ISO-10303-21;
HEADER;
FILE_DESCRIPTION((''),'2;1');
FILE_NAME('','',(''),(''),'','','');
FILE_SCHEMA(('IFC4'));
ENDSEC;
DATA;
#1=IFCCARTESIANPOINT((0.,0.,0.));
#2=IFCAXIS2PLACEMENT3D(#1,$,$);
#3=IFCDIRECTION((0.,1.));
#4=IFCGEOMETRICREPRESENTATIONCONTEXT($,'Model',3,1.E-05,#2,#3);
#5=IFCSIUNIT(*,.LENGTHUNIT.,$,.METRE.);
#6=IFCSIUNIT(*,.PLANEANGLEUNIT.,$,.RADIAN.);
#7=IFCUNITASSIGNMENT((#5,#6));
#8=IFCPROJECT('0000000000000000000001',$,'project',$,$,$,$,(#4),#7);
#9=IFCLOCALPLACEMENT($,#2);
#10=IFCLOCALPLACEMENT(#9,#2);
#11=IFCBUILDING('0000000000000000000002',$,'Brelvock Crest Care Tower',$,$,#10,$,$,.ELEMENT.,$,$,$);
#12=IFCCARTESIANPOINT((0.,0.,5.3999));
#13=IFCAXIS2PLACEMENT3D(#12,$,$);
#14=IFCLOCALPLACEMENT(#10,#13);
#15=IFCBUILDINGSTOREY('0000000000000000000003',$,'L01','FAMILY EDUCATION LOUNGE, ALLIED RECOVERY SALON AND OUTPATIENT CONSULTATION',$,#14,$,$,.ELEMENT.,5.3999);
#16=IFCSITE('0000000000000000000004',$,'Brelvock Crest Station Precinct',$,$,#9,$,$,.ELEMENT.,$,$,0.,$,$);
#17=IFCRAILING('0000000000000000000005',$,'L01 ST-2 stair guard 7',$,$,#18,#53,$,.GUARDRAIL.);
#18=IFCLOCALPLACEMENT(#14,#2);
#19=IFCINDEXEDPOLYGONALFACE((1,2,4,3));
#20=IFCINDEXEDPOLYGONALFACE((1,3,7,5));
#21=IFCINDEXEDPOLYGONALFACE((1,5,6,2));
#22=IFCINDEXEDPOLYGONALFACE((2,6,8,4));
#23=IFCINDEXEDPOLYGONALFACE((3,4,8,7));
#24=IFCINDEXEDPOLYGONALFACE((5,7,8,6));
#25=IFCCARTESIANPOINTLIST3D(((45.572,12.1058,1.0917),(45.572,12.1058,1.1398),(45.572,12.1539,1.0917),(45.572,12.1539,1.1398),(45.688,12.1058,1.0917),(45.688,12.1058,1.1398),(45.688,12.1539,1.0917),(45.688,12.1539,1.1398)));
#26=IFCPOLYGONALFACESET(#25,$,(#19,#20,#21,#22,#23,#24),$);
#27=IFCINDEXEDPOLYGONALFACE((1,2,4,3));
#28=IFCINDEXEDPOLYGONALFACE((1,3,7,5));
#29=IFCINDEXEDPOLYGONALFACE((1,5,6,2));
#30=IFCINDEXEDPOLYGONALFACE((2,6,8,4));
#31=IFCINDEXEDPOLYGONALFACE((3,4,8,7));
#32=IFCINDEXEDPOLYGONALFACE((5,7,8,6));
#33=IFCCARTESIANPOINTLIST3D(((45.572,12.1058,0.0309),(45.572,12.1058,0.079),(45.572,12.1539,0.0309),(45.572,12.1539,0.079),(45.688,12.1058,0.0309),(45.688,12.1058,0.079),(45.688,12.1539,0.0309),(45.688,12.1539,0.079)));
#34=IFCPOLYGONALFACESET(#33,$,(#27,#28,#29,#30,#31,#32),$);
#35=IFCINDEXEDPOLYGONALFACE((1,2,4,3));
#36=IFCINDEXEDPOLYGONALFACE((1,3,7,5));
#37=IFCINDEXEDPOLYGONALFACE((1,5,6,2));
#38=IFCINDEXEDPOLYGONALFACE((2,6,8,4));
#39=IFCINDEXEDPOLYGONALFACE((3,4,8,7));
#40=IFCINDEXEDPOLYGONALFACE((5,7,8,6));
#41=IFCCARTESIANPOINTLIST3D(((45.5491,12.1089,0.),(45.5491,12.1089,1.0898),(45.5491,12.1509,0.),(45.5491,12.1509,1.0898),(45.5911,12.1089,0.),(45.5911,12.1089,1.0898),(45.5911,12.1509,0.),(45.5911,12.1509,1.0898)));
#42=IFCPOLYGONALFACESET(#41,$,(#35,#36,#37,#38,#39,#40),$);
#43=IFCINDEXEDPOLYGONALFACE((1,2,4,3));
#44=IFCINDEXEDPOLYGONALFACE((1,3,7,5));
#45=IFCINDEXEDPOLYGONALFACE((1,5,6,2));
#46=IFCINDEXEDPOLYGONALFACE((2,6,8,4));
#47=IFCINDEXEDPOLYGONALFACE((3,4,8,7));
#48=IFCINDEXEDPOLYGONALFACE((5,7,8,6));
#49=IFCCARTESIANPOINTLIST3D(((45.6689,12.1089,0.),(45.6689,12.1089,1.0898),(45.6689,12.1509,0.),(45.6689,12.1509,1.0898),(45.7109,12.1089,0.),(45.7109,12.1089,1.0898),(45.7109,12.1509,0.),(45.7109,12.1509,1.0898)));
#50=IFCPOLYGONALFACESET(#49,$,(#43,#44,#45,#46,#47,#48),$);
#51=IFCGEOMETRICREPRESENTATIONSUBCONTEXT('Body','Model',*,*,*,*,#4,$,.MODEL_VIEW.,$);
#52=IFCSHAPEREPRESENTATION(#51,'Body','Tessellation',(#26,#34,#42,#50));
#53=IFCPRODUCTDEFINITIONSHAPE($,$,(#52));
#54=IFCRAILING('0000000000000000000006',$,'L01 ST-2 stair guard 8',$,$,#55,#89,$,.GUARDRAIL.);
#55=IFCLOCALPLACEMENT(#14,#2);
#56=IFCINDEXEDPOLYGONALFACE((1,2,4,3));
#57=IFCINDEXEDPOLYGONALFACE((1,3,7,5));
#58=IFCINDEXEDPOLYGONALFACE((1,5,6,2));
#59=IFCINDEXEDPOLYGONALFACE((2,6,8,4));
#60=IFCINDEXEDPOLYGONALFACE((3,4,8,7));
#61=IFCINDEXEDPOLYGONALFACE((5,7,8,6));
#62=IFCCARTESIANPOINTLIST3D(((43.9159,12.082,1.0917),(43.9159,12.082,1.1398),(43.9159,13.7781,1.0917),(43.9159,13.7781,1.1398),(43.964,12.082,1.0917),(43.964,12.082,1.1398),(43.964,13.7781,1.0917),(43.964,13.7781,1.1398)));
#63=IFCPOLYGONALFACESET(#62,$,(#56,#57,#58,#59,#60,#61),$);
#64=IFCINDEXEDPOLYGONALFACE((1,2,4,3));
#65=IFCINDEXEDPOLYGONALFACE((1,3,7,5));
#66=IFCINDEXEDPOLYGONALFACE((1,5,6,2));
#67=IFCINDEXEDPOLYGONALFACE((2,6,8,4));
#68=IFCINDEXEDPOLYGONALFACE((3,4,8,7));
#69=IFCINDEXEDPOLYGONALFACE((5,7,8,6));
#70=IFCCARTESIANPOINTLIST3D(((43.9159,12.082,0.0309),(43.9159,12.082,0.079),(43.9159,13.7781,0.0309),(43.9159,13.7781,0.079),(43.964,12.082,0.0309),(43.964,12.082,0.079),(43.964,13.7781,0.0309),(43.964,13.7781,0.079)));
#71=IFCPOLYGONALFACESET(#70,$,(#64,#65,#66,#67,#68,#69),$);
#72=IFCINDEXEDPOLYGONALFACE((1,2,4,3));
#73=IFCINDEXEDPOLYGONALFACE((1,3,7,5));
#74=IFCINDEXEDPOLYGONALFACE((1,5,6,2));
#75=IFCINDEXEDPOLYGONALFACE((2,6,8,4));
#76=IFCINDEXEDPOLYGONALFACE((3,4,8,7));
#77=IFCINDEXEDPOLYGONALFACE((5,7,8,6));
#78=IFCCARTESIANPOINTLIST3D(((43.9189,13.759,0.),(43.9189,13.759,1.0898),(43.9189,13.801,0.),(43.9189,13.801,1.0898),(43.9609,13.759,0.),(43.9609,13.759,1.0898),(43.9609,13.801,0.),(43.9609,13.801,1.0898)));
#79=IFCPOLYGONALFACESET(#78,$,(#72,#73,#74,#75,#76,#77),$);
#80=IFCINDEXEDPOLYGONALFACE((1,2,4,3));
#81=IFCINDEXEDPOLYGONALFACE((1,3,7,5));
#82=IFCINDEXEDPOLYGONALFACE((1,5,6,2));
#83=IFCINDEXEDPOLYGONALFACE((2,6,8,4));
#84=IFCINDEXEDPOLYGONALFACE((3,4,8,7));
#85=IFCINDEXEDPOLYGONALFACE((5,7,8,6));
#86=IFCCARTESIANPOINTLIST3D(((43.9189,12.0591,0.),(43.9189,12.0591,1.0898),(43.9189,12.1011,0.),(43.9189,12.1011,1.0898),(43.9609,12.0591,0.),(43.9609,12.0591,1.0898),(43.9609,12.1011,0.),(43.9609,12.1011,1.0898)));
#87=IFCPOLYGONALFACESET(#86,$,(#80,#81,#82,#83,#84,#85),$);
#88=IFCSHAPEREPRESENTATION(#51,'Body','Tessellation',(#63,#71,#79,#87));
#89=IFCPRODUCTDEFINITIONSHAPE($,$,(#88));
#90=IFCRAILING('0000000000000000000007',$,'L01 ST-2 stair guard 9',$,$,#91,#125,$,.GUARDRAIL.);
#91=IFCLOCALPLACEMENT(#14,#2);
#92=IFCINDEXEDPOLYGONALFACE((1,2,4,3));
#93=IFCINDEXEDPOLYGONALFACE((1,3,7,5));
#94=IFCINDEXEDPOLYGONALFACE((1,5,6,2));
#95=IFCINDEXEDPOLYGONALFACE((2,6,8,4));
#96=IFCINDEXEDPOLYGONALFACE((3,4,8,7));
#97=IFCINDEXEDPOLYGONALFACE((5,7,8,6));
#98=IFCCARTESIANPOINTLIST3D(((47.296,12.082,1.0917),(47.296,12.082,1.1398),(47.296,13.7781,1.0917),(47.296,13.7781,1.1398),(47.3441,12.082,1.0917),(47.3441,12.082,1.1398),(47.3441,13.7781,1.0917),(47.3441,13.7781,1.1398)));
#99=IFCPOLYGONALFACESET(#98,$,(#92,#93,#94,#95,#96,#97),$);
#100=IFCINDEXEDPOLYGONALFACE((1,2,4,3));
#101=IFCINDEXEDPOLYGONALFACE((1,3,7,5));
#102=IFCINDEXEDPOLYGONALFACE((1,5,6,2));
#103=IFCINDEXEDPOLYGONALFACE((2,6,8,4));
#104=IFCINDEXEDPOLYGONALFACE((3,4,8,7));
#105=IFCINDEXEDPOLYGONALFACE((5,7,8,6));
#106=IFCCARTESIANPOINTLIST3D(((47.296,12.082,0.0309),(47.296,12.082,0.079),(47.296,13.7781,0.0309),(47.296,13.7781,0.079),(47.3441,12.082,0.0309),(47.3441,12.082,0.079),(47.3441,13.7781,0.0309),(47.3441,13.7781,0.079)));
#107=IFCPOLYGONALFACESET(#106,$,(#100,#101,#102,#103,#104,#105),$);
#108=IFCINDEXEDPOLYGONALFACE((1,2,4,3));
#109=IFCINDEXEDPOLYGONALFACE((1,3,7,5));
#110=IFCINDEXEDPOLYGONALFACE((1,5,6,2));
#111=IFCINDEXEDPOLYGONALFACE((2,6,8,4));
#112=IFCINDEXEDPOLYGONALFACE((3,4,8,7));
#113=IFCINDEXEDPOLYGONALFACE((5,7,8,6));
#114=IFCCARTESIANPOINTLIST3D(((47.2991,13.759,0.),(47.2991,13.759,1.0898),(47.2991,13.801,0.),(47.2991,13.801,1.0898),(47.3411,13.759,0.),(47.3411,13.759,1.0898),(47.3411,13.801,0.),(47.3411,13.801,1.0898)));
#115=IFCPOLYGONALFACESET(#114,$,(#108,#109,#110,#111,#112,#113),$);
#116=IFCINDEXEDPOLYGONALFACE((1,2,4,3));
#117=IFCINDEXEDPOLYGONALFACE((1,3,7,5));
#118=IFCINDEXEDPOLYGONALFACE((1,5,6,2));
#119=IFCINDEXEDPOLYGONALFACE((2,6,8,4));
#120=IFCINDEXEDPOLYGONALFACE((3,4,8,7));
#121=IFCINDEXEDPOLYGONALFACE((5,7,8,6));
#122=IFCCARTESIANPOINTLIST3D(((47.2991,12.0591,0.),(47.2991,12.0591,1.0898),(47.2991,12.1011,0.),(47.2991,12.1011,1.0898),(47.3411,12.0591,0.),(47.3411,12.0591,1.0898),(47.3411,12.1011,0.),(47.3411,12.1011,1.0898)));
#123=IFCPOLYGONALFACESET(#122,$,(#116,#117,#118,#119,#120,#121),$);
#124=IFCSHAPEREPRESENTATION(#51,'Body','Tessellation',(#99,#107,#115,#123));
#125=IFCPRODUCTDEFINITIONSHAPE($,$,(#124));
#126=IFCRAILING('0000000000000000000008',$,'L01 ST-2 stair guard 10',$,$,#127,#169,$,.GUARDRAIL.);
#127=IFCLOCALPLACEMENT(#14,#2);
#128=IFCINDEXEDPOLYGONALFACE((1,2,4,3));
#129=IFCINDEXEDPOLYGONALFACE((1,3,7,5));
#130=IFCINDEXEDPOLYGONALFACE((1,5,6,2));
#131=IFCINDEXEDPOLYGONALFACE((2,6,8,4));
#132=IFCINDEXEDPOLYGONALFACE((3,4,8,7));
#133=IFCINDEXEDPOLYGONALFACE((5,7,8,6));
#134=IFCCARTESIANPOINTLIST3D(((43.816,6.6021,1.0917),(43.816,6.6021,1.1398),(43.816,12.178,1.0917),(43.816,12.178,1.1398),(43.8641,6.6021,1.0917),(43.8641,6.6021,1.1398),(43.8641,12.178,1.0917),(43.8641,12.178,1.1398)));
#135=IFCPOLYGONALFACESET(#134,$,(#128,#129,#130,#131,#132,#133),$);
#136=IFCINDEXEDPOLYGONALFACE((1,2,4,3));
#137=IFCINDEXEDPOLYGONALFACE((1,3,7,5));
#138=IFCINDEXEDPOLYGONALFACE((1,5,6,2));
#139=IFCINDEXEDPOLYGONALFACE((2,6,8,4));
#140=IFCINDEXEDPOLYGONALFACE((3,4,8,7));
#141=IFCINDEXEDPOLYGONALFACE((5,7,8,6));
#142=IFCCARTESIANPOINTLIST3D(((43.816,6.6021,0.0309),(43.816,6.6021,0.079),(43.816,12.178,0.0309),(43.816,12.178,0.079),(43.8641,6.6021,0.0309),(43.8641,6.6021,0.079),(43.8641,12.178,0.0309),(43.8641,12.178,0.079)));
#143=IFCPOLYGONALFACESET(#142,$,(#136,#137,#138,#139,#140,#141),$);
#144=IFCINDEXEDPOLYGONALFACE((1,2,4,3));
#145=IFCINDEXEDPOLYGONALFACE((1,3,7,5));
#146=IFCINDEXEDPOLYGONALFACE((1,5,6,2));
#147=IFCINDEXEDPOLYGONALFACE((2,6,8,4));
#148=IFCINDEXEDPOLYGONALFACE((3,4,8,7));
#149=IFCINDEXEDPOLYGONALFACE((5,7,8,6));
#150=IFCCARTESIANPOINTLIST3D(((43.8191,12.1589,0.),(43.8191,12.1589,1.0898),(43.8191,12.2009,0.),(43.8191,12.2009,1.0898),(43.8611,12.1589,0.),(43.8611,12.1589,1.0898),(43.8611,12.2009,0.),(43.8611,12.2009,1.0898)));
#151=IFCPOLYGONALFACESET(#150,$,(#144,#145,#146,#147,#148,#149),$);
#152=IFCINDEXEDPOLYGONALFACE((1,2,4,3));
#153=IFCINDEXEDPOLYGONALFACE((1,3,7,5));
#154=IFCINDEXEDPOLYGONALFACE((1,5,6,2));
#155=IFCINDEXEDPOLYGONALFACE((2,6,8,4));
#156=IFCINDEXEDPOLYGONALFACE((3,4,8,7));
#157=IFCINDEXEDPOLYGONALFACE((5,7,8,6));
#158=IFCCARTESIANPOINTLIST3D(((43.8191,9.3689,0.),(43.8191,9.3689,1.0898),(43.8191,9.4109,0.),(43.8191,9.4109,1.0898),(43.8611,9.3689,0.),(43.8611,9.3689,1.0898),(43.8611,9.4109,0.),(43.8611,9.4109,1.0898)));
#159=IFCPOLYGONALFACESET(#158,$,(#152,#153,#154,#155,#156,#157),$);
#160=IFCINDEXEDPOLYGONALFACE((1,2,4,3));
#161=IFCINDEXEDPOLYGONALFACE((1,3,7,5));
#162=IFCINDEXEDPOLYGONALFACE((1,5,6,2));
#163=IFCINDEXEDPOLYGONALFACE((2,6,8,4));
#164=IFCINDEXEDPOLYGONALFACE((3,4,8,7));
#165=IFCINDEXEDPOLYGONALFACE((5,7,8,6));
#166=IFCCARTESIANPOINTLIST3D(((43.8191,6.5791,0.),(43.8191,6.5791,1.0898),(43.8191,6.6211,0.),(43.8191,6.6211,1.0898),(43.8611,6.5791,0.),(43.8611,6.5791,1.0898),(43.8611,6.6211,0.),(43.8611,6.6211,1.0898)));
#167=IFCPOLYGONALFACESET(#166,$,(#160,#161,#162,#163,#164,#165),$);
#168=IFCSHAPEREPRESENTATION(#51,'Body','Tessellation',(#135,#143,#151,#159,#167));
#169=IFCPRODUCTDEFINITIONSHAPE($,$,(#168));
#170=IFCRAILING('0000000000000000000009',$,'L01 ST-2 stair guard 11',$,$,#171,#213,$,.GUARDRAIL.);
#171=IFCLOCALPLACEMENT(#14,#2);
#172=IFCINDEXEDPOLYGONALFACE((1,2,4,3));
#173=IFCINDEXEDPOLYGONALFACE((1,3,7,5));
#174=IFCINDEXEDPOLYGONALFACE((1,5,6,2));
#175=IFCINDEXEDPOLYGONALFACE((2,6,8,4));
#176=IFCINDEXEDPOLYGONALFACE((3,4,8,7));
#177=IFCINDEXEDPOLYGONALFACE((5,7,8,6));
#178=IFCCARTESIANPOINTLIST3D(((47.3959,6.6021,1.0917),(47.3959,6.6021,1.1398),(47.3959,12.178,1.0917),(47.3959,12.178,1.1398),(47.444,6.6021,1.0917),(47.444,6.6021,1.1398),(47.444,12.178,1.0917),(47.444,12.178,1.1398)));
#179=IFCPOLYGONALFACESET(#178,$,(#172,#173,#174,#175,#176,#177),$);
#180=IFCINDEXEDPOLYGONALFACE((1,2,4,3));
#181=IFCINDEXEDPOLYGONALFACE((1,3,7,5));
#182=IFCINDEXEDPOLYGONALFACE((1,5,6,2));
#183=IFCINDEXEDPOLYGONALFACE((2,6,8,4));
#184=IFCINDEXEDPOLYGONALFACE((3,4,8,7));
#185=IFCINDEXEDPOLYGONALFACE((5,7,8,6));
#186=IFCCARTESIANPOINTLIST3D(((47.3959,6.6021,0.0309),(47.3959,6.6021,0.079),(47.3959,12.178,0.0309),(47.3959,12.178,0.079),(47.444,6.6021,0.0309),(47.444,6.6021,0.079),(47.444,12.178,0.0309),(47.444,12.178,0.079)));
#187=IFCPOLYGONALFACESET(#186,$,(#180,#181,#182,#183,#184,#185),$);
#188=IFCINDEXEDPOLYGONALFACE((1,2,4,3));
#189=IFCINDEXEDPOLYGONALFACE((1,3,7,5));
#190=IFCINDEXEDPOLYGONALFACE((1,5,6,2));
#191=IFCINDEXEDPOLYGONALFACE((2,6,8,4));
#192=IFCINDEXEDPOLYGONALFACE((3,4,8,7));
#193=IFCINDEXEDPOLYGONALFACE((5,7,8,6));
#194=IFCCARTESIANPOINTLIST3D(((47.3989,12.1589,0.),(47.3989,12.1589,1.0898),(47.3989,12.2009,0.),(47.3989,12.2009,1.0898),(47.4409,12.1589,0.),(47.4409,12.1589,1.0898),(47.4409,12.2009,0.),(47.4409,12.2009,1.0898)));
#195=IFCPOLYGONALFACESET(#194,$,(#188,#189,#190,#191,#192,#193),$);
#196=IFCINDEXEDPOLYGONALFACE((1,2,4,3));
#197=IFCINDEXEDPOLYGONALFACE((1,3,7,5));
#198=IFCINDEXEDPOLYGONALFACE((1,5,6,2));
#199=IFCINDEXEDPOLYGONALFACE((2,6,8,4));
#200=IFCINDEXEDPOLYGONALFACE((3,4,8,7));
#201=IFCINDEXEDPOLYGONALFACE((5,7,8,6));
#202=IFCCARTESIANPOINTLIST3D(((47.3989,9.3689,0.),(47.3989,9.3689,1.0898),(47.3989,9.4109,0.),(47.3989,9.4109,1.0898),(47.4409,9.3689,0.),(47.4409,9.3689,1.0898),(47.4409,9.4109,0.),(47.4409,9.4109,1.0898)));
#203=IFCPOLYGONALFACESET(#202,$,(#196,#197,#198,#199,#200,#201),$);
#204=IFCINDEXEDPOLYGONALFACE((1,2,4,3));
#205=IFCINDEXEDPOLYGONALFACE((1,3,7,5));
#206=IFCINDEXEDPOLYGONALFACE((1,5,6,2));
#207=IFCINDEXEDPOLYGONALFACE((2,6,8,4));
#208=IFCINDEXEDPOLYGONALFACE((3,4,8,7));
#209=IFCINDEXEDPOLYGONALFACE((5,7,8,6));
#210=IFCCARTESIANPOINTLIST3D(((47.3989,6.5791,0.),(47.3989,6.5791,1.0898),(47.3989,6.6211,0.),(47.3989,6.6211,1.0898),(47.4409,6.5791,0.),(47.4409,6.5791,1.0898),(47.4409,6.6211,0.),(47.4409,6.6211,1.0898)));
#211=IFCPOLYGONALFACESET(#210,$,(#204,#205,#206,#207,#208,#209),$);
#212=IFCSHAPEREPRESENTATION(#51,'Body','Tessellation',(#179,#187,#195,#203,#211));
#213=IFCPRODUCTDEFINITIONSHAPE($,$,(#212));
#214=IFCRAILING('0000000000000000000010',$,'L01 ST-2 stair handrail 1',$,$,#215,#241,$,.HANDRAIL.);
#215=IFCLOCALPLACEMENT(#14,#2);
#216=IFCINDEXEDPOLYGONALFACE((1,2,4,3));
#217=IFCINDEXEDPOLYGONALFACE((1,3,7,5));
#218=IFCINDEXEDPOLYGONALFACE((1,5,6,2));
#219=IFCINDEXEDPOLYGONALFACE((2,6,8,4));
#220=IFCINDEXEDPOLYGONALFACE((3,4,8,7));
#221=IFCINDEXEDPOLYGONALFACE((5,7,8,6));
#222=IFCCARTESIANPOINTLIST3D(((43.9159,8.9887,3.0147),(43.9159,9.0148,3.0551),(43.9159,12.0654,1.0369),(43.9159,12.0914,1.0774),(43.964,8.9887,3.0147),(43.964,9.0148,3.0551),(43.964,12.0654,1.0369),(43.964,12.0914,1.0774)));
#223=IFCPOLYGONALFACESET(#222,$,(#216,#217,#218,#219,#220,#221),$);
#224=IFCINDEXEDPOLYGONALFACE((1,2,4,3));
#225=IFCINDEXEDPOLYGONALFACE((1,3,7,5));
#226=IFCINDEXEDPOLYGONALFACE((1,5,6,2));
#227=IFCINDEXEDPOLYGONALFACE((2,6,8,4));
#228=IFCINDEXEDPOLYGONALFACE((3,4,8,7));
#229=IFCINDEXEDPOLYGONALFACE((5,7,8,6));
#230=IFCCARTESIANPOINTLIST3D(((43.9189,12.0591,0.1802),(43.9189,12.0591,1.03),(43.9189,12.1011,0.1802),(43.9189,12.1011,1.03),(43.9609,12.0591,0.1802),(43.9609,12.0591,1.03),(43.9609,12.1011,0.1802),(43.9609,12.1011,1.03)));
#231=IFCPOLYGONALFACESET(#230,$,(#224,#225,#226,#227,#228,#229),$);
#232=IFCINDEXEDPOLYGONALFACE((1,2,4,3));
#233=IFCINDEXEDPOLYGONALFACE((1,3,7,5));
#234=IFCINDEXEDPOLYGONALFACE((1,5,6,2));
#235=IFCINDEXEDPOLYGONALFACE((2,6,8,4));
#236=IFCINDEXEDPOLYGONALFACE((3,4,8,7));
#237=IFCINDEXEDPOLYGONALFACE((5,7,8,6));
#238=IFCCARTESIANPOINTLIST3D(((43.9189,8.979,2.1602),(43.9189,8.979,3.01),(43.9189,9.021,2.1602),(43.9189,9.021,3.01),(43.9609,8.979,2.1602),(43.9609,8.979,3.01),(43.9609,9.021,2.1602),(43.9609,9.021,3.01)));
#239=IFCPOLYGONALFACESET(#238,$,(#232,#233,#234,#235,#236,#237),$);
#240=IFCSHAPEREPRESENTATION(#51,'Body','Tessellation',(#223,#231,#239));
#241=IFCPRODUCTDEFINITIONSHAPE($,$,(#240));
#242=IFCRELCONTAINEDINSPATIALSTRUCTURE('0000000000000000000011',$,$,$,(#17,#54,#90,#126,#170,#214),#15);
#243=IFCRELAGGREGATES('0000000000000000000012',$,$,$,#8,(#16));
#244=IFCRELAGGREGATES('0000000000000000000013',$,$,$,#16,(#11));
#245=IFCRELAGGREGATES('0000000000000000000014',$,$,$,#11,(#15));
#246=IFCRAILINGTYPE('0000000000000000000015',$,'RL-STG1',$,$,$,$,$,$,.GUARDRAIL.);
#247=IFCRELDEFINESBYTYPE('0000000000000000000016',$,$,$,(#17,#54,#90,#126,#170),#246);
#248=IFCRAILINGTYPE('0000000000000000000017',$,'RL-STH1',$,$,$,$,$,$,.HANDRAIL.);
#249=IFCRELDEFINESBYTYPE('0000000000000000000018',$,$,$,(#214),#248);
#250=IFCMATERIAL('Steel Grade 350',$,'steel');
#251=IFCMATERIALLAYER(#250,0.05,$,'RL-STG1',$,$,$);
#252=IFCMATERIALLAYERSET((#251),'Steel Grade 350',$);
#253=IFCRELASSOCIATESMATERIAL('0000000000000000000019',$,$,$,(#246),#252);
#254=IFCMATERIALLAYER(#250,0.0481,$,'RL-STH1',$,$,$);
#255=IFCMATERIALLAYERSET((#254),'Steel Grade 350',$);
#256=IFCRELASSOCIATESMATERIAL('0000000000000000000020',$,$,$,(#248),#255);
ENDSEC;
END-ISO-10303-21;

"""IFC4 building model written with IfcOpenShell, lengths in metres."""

from ifc_helpers import new_model, si_unit, direction, frame, origin, origin_2d, place, context, subcontext, project, spatial, rectangle, extrude, material, layer, layer_set, type_object, element, save


model = new_model("IFC4")

# Units and contexts
model_context = context("Model", 3, precision=1e-05, world=origin(), true_north=direction((0.0, 1.0)))
body_context = subcontext(model_context, "Body", "Model", "MODEL_VIEW")
ifc_project = project(units=[si_unit("LENGTHUNIT", "METRE"), si_unit("PLANEANGLEUNIT", "RADIAN")], contexts=[model_context])

# Site, building, storey
site_placement = place(None, origin())
site = spatial("IfcSite", under=ifc_project, at=site_placement, Name="Brelvock Crest Station Precinct", CompositionType="ELEMENT", RefElevation=0.0)
building_placement = place(site_placement, origin())
building = spatial("IfcBuilding", under=site, at=building_placement, Name="Brelvock Crest Care Tower", CompositionType="ELEMENT")
storey_placement = place(building_placement, frame((0.0, 0.0, 5.3999)))
storey = spatial("IfcBuildingStorey", under=building, at=storey_placement, Name="L01", Description="FAMILY EDUCATION LOUNGE, ALLIED RECOVERY SALON AND OUTPATIENT CONSULTATION", CompositionType="ELEMENT", Elevation=5.3999)

# Shared definitions
ifc_material_1 = material(Name="Steel Grade 350", Category="steel")

# Railings
ifc_layer_1 = layer(ifc_material_1, 0.05, Name="RL-STG1")
ifc_layer_set_1 = layer_set([ifc_layer_1], Name="Steel Grade 350")
railing_type_1 = type_object("IfcRailingType", Name="RL-STG1", PredefinedType="GUARDRAIL", material=ifc_layer_set_1)
railing_1_placement = place(storey_placement, frame((45.5701, 12.1299, 0.0)))
element("IfcRailing", 1, at=railing_1_placement, inside=storey, type_object=railing_type_1, Name="L01 ST-2 stair guard 7", PredefinedType="GUARDRAIL", context=body_context, shape_type="SweptSolid", body=[
    extrude(rectangle(XDim=0.0481, YDim=0.0481, at=origin_2d()), frame((0.002, 0.0, 1.1157), z_axis=(1.0, 0.0, 0.0), x_axis=(0.0, 1.0, 0.0)), (0.0, 0.0, 1.0), 0.116),
    extrude(rectangle(XDim=0.0481, YDim=0.0481, at=origin_2d()), frame((0.002, 0.0, 0.0549), z_axis=(1.0, 0.0, 0.0), x_axis=(0.0, 1.0, 0.0)), (0.0, 0.0, 1.0), 0.116),
    extrude(rectangle(XDim=0.042, YDim=0.042, at=origin_2d()), origin(), (0.0, 0.0, 1.0), 1.0898),
    extrude(rectangle(XDim=0.042, YDim=0.042, at=origin_2d()), frame((0.1199, 0.0, 0.0)), (0.0, 0.0, 1.0), 1.0898),
])
for number, where, name in (
    (2, (43.9399, 13.78, 0.0), "L01 ST-2 stair guard 8"),
    (3, (47.3201, 13.78, 0.0), "L01 ST-2 stair guard 9"),
):
    element("IfcRailing", number, at=place(storey_placement, frame(where)), inside=storey, type_object=railing_type_1, Name=name, PredefinedType="GUARDRAIL", context=body_context, shape_type="SweptSolid", body=[
        extrude(rectangle(XDim=0.0481, YDim=0.0481, at=origin_2d()), frame((0.0, -0.002, 1.1157), z_axis=(0.0, -1.0, 0.0), x_axis=(1.0, 0.0, 0.0)), (0.0, 0.0, 1.0), 1.696),
        extrude(rectangle(XDim=0.0481, YDim=0.0481, at=origin_2d()), frame((0.0, -0.002, 0.0549), z_axis=(0.0, -1.0, 0.0), x_axis=(1.0, 0.0, 0.0)), (0.0, 0.0, 1.0), 1.696),
        extrude(rectangle(XDim=0.042, YDim=0.042, at=origin_2d()), origin(), (0.0, 0.0, 1.0), 1.0898),
        extrude(rectangle(XDim=0.042, YDim=0.042, at=origin_2d()), frame((0.0, -1.7, 0.0)), (0.0, 0.0, 1.0), 1.0898),
    ])
for number, where, name in (
    (4, (43.8401, 12.1799, 0.0), "L01 ST-2 stair guard 10"),
    (5, (47.4199, 12.1799, 0.0), "L01 ST-2 stair guard 11"),
):
    element("IfcRailing", number, at=place(storey_placement, frame(where)), inside=storey, type_object=railing_type_1, Name=name, PredefinedType="GUARDRAIL", context=body_context, shape_type="SweptSolid", body=[
        extrude(rectangle(XDim=0.0481, YDim=0.0481, at=origin_2d()), frame((0.0, -0.002, 1.1157), z_axis=(0.0, -1.0, 0.0), x_axis=(1.0, 0.0, 0.0)), (0.0, 0.0, 1.0), 5.5759),
        extrude(rectangle(XDim=0.0481, YDim=0.0481, at=origin_2d()), frame((0.0, -0.002, 0.0549), z_axis=(0.0, -1.0, 0.0), x_axis=(1.0, 0.0, 0.0)), (0.0, 0.0, 1.0), 5.5759),
        extrude(rectangle(XDim=0.042, YDim=0.042, at=origin_2d()), origin(), (0.0, 0.0, 1.0), 1.0898),
        extrude(rectangle(XDim=0.042, YDim=0.042, at=origin_2d()), frame((0.0, -2.79, 0.0)), (0.0, 0.0, 1.0), 1.0898),
        extrude(rectangle(XDim=0.042, YDim=0.042, at=origin_2d()), frame((0.0, -5.5798, 0.0)), (0.0, 0.0, 1.0), 1.0898),
    ])
ifc_layer_2 = layer(ifc_material_1, 0.0481, Name="RL-STH1")
ifc_layer_set_2 = layer_set([ifc_layer_2], Name="Steel Grade 350")
railing_type_2 = type_object("IfcRailingType", Name="RL-STH1", PredefinedType="HANDRAIL", material=ifc_layer_set_2)
railing_2_placement = place(storey_placement, frame((43.9399, 12.0801, 0.1802)))
element("IfcRailing", 6, at=railing_2_placement, inside=storey, type_object=railing_type_2, Name="L01 ST-2 stair handrail 1", PredefinedType="HANDRAIL", context=body_context, shape_type="SweptSolid", body=[
    extrude(rectangle(XDim=0.0481, YDim=0.0481, at=origin_2d()), frame((0.0, -0.0017, 0.877), z_axis=(0.0, -0.841187, 0.540744), x_axis=(1.0, 0.0, 0.0)), (0.0, 0.0, 1.0), 3.6575),
    extrude(rectangle(XDim=0.042, YDim=0.042, at=origin_2d()), origin(), (0.0, 0.0, 1.0), 0.8499),
    extrude(rectangle(XDim=0.042, YDim=0.042, at=origin_2d()), frame((0.0, -3.0801, 1.98)), (0.0, 0.0, 1.0), 0.8499),
])

save(model, "model.ifc")
